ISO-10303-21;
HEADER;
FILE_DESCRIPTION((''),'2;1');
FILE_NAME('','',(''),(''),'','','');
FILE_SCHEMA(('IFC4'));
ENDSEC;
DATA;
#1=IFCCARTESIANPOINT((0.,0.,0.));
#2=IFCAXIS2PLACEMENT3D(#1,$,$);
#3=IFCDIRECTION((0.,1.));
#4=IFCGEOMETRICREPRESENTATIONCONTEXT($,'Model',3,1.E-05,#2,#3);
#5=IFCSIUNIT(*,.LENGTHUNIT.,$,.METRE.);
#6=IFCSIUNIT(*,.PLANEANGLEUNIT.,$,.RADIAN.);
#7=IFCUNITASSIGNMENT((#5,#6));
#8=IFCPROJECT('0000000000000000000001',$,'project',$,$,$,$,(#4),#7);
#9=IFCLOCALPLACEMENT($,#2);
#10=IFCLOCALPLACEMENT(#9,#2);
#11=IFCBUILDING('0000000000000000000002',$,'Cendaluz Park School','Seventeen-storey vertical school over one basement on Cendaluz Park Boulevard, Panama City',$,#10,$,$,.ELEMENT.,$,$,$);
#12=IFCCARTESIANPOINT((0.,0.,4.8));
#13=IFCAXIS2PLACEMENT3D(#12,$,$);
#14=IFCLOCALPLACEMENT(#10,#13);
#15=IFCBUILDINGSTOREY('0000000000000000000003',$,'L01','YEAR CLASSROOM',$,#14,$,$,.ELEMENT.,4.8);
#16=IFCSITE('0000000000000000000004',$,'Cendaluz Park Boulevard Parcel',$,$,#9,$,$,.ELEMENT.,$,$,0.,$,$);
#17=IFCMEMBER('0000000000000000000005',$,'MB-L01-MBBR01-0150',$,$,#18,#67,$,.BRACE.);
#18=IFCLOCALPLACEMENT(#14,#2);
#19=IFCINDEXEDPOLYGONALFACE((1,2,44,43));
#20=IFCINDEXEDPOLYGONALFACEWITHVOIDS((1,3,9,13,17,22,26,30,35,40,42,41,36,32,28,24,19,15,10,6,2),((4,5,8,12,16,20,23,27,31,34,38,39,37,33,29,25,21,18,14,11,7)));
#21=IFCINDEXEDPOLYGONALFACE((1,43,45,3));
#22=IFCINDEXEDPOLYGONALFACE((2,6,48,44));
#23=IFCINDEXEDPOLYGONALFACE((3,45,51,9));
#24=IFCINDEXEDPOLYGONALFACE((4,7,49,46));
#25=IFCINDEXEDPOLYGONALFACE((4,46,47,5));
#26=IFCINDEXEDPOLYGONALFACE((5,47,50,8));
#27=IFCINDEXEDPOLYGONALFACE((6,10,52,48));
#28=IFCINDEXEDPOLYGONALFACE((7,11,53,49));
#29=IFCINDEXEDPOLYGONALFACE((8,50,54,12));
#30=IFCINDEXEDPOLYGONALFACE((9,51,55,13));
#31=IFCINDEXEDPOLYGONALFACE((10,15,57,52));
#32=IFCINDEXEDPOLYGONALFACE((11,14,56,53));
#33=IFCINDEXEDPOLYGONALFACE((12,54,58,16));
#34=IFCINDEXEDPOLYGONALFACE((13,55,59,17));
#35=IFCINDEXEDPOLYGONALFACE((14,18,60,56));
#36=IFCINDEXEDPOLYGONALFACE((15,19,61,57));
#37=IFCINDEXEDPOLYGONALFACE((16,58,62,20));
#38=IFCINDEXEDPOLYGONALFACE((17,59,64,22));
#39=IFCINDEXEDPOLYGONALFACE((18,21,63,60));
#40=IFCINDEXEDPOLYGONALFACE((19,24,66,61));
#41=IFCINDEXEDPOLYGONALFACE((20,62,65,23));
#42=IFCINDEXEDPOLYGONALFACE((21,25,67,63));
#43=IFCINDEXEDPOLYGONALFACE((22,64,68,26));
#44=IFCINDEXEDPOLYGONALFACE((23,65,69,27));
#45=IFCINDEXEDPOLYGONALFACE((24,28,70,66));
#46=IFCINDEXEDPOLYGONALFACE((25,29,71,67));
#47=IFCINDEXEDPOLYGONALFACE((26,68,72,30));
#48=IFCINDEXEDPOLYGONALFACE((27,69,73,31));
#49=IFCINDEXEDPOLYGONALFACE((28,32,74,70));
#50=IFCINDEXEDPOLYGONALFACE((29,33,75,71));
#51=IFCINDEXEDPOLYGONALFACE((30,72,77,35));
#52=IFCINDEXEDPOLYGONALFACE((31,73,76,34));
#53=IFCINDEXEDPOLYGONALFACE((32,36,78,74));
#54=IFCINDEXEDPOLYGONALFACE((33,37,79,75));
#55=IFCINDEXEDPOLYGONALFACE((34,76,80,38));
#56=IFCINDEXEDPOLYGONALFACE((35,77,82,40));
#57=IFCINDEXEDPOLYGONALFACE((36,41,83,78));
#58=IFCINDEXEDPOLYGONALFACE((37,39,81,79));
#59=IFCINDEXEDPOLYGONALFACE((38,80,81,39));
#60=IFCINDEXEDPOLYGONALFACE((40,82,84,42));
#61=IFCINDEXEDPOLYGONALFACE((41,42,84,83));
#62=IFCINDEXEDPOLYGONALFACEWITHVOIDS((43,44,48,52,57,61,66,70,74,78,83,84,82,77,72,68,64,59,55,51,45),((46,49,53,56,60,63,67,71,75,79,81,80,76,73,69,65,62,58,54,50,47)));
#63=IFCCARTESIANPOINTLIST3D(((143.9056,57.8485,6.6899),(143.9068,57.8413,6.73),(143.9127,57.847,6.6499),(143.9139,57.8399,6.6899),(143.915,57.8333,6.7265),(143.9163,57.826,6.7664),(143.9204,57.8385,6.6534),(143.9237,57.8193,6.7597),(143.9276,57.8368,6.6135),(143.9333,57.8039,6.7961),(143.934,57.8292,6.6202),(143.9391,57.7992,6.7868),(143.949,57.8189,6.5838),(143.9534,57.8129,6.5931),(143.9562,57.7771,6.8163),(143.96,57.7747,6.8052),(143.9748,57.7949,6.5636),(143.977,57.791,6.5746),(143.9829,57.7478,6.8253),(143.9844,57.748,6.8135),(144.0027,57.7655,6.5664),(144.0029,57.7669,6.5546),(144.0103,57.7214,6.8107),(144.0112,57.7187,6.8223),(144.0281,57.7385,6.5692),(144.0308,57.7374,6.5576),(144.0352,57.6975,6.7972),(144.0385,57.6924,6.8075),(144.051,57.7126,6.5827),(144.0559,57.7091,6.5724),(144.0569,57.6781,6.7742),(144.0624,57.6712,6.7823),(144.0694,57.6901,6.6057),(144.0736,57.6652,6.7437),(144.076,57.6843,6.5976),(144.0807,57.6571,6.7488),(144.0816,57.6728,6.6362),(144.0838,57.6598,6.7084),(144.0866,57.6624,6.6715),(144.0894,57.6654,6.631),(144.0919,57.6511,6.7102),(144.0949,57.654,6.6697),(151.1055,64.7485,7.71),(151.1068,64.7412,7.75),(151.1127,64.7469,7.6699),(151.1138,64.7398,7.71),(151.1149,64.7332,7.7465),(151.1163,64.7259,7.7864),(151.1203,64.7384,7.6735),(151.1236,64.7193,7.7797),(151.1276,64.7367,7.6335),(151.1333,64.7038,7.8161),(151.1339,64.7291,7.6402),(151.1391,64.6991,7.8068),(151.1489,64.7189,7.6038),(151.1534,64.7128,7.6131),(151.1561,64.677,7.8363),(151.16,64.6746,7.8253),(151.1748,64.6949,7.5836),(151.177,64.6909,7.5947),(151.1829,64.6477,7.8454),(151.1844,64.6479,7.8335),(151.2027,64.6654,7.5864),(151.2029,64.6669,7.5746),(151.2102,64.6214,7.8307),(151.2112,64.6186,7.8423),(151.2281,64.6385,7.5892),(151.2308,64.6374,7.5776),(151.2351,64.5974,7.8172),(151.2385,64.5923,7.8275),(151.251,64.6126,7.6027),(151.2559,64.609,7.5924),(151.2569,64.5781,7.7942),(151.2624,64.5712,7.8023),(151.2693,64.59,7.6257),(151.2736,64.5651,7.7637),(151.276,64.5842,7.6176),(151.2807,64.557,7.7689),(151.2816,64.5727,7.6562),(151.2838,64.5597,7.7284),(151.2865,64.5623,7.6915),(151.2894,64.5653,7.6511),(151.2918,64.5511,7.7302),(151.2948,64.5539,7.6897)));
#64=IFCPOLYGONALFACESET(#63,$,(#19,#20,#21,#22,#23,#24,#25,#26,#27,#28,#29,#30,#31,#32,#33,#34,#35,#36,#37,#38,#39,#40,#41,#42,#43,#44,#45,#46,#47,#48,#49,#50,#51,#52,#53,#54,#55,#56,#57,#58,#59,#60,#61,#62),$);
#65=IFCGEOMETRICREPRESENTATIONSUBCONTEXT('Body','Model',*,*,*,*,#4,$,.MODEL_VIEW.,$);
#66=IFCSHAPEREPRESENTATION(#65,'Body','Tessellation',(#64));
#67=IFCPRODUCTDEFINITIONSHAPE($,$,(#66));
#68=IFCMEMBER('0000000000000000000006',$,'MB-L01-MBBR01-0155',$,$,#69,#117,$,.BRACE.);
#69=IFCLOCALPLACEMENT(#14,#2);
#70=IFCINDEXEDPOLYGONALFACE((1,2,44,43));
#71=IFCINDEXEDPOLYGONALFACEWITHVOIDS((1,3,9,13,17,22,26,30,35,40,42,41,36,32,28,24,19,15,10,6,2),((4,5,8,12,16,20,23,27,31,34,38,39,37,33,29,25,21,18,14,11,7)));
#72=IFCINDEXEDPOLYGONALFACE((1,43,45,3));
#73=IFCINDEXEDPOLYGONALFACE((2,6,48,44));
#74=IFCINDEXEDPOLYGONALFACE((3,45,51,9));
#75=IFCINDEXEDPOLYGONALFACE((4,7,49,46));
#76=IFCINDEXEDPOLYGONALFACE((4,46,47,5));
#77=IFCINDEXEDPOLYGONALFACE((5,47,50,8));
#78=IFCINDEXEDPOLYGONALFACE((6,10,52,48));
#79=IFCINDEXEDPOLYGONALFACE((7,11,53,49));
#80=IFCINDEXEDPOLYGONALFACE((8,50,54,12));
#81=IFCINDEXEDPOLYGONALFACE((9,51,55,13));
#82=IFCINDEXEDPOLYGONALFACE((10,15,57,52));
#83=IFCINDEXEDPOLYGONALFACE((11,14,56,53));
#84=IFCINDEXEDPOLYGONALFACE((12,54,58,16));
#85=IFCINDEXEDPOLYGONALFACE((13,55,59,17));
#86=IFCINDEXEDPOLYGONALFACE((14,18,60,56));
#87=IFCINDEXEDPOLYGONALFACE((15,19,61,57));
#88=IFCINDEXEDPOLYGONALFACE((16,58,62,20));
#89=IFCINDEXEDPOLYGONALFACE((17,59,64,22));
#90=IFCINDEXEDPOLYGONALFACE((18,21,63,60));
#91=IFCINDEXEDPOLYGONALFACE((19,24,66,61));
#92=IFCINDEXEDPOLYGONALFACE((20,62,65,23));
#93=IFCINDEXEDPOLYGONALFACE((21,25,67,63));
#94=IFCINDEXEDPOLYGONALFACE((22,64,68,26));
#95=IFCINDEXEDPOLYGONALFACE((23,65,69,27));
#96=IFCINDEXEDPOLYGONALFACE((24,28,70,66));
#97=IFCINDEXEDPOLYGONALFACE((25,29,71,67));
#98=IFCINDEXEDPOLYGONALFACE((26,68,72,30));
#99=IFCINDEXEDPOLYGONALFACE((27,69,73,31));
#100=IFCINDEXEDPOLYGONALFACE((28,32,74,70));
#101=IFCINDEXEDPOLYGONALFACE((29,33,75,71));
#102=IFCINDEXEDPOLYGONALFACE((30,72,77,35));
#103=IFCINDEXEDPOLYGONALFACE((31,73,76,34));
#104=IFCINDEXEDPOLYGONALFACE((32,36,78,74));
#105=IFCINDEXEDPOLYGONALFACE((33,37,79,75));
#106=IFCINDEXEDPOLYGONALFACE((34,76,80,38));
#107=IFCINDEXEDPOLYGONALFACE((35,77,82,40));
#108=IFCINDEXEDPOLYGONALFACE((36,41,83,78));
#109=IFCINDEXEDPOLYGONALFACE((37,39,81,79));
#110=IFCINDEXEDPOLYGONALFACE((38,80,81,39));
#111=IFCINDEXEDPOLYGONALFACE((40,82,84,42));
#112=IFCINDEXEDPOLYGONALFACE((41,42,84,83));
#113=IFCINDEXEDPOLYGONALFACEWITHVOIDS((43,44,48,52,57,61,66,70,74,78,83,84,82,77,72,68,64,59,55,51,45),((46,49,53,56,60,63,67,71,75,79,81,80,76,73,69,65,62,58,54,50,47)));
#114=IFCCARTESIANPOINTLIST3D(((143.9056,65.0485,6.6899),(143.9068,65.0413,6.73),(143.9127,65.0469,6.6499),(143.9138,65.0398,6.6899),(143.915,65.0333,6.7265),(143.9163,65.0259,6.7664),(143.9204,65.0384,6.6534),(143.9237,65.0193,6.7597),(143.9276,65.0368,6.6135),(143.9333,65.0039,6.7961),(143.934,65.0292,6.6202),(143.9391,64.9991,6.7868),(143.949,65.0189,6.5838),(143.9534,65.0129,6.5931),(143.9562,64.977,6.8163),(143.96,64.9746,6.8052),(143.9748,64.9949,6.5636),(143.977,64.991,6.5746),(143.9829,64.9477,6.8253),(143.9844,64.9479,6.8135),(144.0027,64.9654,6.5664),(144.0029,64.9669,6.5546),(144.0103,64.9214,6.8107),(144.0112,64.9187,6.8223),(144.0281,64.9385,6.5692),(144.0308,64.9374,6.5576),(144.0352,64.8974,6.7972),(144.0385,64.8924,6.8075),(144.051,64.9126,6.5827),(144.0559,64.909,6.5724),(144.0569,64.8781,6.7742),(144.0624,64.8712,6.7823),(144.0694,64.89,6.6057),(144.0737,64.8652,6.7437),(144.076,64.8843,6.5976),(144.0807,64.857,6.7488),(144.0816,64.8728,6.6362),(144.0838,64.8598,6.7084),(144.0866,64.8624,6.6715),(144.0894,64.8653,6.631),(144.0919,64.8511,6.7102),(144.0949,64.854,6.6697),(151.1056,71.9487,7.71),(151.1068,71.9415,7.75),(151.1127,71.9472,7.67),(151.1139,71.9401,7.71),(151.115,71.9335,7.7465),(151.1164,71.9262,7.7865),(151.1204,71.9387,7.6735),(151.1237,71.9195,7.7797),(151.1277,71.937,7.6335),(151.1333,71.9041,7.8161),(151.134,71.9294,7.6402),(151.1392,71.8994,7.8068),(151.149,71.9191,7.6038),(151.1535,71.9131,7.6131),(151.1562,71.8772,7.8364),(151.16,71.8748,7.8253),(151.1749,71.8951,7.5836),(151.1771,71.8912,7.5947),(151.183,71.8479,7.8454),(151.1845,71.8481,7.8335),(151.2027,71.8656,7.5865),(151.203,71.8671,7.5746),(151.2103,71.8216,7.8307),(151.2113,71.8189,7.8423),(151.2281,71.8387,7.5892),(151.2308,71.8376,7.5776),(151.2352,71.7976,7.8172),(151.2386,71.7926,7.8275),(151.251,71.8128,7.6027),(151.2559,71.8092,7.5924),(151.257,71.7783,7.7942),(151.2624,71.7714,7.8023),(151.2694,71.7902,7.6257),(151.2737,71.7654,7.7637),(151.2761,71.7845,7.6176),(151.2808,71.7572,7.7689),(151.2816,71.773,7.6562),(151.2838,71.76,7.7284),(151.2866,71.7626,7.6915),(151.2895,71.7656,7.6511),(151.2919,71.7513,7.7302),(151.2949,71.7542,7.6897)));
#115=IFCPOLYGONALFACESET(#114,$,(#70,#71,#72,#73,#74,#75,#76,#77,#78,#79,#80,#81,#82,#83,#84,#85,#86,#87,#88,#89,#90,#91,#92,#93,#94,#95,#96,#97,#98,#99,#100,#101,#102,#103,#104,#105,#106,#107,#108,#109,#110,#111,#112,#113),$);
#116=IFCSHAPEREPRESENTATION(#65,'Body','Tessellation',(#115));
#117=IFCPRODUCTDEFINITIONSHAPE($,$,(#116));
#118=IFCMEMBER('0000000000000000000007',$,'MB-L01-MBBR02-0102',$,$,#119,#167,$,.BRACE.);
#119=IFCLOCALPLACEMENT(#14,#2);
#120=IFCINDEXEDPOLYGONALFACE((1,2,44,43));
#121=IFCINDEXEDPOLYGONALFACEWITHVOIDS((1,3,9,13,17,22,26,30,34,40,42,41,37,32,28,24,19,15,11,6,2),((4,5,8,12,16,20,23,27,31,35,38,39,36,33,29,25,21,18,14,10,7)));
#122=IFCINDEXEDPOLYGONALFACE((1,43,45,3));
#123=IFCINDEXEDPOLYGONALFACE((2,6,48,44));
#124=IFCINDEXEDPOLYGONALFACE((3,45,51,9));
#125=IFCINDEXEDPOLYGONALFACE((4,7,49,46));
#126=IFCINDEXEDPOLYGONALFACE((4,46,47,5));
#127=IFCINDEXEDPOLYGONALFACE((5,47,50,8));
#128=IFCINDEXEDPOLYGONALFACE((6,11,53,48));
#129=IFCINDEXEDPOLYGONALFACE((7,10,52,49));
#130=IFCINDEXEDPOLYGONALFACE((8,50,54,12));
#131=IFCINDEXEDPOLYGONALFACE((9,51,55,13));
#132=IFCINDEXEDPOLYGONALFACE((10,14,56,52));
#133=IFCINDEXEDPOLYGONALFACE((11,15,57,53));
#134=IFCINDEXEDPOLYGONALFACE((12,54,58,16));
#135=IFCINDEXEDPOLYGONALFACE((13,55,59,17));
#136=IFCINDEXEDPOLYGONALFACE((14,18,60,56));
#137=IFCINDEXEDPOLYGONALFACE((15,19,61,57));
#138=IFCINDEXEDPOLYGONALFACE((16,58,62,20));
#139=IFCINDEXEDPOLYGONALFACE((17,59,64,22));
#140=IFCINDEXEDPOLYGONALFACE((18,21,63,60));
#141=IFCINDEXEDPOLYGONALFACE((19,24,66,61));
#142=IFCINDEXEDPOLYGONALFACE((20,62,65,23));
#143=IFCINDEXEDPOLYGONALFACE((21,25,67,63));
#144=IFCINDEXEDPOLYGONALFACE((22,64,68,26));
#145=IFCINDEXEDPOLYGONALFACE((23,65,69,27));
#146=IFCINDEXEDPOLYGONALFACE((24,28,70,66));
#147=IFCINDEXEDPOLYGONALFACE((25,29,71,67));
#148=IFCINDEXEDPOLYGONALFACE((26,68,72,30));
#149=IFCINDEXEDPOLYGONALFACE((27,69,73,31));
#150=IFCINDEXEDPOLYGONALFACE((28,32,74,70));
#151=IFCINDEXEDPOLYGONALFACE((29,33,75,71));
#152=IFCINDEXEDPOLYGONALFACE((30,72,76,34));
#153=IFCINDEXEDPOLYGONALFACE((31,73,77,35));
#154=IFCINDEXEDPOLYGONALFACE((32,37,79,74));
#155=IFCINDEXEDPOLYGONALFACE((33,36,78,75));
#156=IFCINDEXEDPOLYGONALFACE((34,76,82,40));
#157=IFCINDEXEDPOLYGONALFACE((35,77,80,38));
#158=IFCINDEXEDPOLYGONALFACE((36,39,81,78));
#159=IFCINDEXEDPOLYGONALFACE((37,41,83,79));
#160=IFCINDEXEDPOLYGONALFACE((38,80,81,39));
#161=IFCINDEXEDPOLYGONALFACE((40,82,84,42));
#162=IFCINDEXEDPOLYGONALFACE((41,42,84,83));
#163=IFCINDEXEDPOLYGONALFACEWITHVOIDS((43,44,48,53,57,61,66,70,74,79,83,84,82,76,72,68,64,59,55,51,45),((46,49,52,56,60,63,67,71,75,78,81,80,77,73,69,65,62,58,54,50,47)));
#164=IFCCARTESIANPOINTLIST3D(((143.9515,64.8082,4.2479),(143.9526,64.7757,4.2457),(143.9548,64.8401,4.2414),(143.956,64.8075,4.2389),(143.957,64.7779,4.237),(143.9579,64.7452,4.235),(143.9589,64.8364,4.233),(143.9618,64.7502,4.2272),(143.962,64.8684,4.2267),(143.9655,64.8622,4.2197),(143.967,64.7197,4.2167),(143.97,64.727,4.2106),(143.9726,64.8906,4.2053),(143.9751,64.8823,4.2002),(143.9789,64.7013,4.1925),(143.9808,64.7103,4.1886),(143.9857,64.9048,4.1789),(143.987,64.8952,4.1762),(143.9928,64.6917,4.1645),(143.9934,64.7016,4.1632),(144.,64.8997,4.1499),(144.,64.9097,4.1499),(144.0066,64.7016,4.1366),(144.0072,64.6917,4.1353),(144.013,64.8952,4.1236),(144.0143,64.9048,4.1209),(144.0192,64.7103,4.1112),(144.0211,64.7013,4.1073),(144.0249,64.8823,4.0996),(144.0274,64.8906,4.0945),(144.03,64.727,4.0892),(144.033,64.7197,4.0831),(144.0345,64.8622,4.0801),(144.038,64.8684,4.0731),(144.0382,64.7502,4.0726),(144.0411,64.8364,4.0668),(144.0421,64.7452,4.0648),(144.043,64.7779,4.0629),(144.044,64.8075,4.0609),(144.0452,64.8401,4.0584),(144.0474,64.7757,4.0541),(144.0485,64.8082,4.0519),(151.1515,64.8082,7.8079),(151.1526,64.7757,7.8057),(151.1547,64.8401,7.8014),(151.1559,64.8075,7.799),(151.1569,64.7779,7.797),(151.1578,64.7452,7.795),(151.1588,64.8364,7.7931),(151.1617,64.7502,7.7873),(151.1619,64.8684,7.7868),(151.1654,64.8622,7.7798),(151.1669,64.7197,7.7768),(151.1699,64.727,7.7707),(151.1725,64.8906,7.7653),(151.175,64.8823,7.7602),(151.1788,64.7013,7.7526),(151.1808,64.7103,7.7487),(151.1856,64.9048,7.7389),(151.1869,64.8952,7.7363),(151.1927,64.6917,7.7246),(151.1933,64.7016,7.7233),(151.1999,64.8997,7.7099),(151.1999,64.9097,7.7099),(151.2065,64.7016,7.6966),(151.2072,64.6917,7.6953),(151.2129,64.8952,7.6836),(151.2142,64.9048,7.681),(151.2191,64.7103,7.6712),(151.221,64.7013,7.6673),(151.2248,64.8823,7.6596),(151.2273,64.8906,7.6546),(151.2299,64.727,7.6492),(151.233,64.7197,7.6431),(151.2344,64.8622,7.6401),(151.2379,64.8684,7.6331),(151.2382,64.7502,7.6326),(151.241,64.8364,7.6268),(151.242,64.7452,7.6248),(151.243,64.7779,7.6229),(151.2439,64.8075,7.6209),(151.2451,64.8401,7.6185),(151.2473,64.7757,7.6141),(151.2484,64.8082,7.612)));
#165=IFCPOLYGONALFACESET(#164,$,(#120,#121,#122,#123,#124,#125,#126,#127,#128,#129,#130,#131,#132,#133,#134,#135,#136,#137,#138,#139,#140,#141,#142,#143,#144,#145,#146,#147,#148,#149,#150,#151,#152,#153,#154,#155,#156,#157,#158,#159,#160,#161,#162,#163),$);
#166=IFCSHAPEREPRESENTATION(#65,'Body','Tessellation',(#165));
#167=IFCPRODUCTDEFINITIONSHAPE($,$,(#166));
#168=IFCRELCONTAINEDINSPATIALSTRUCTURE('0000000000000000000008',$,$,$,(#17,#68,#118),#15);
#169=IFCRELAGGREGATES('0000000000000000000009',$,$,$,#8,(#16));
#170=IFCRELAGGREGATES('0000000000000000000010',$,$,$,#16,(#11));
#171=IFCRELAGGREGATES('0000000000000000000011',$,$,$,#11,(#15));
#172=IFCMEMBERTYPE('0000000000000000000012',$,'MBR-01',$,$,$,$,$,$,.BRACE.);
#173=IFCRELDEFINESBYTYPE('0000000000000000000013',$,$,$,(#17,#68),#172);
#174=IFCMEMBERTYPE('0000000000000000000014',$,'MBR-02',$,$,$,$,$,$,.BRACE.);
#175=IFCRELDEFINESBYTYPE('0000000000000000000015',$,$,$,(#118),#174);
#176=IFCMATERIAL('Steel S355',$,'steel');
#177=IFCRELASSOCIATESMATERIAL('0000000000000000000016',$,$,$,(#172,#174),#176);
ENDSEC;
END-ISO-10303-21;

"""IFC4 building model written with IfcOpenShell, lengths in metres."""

from ifc_helpers import new_model, si_unit, direction, frame, origin, origin_2d, place, context, subcontext, project, spatial, hollow_circle, extrude, material, material_profile, profile_set, type_object, element, save


model = new_model("IFC4")

# Units and contexts
model_context = context("Model", 3, precision=1e-05, world=origin(), true_north=direction((0.0, 1.0)))
body_context = subcontext(model_context, "Body", "Model", "MODEL_VIEW")
ifc_project = project(units=[si_unit("LENGTHUNIT", "METRE"), si_unit("PLANEANGLEUNIT", "RADIAN")], contexts=[model_context])

# Site, building, storey
site_placement = place(None, origin())
site = spatial("IfcSite", under=ifc_project, at=site_placement, Name="Cendaluz Park Boulevard Parcel", CompositionType="ELEMENT", RefElevation=0.0)
building_placement = place(site_placement, origin())
building = spatial("IfcBuilding", under=site, at=building_placement, Name="Cendaluz Park School", Description="Seventeen-storey vertical school over one basement on Cendaluz Park Boulevard, Panama City", CompositionType="ELEMENT")
storey_placement = place(building_placement, frame((0.0, 0.0, 4.8)))
storey = spatial("IfcBuildingStorey", under=building, at=storey_placement, Name="L01", Description="YEAR CLASSROOM", CompositionType="ELEMENT", Elevation=4.8)

# Shared definitions
ifc_material_1 = material(Name="Steel S355", Category="steel")

# Members
ifc_material_profile_1 = material_profile(ifc_material_1, hollow_circle(Radius=0.1365, WallThickness=0.012, at=origin_2d()), Name="CHS 273x12", Category="steel")
ifc_profile_set_1 = profile_set([ifc_material_profile_1], Name="Steel S355")
member_type_1 = type_object("IfcMemberType", Name="MBR-01", PredefinedType="BRACE", material=ifc_profile_set_1)
member_1_placement = place(storey_placement, frame((144.0, 57.75, 6.6899), z_axis=(0.718243, 0.688311, 0.101754), x_axis=(-0.691903, 0.721991, 0.0)))
element("IfcMember", 1, at=member_1_placement, inside=storey, type_object=member_type_1, Name="MB-L01-MBBR01-0150", PredefinedType="BRACE", context=body_context, shape_type="SweptSolid", body=[
    extrude(hollow_circle(Radius=0.1365, WallThickness=0.012, at=origin_2d()), origin(), (0.0, 0.0, 1.0), 10.0244),
])
member_2_placement = place(storey_placement, frame((144.0, 64.95, 6.6899), z_axis=(0.718231, 0.688324, 0.101752), x_axis=(-0.691915, 0.721979, 0.0)))
element("IfcMember", 2, at=member_2_placement, inside=storey, type_object=member_type_1, Name="MB-L01-MBBR01-0155", PredefinedType="BRACE", context=body_context, shape_type="SweptSolid", body=[
    extrude(hollow_circle(Radius=0.1365, WallThickness=0.012, at=origin_2d()), origin(), (0.0, 0.0, 1.0), 10.0247),
])
ifc_material_profile_2 = material_profile(ifc_material_1, hollow_circle(Radius=0.1096, WallThickness=0.01, at=origin_2d()), Name="CHS 219x10", Category="steel")
ifc_profile_set_2 = profile_set([ifc_material_profile_2], Name="Steel S355")
member_type_2 = type_object("IfcMemberType", Name="MBR-02", PredefinedType="BRACE", material=ifc_profile_set_2)
member_3_placement = place(storey_placement, frame((144.0, 64.8, 4.1499), z_axis=(0.896406, 0.0, 0.443233), x_axis=(0.0, 1.0, 0.0)))
element("IfcMember", 3, at=member_3_placement, inside=storey, type_object=member_type_2, Name="MB-L01-MBBR02-0102", PredefinedType="BRACE", context=body_context, shape_type="SweptSolid", body=[
    extrude(hollow_circle(Radius=0.1096, WallThickness=0.01, at=origin_2d()), origin(), (0.0, 0.0, 1.0), 8.032),
])

save(model, "model.ifc")
